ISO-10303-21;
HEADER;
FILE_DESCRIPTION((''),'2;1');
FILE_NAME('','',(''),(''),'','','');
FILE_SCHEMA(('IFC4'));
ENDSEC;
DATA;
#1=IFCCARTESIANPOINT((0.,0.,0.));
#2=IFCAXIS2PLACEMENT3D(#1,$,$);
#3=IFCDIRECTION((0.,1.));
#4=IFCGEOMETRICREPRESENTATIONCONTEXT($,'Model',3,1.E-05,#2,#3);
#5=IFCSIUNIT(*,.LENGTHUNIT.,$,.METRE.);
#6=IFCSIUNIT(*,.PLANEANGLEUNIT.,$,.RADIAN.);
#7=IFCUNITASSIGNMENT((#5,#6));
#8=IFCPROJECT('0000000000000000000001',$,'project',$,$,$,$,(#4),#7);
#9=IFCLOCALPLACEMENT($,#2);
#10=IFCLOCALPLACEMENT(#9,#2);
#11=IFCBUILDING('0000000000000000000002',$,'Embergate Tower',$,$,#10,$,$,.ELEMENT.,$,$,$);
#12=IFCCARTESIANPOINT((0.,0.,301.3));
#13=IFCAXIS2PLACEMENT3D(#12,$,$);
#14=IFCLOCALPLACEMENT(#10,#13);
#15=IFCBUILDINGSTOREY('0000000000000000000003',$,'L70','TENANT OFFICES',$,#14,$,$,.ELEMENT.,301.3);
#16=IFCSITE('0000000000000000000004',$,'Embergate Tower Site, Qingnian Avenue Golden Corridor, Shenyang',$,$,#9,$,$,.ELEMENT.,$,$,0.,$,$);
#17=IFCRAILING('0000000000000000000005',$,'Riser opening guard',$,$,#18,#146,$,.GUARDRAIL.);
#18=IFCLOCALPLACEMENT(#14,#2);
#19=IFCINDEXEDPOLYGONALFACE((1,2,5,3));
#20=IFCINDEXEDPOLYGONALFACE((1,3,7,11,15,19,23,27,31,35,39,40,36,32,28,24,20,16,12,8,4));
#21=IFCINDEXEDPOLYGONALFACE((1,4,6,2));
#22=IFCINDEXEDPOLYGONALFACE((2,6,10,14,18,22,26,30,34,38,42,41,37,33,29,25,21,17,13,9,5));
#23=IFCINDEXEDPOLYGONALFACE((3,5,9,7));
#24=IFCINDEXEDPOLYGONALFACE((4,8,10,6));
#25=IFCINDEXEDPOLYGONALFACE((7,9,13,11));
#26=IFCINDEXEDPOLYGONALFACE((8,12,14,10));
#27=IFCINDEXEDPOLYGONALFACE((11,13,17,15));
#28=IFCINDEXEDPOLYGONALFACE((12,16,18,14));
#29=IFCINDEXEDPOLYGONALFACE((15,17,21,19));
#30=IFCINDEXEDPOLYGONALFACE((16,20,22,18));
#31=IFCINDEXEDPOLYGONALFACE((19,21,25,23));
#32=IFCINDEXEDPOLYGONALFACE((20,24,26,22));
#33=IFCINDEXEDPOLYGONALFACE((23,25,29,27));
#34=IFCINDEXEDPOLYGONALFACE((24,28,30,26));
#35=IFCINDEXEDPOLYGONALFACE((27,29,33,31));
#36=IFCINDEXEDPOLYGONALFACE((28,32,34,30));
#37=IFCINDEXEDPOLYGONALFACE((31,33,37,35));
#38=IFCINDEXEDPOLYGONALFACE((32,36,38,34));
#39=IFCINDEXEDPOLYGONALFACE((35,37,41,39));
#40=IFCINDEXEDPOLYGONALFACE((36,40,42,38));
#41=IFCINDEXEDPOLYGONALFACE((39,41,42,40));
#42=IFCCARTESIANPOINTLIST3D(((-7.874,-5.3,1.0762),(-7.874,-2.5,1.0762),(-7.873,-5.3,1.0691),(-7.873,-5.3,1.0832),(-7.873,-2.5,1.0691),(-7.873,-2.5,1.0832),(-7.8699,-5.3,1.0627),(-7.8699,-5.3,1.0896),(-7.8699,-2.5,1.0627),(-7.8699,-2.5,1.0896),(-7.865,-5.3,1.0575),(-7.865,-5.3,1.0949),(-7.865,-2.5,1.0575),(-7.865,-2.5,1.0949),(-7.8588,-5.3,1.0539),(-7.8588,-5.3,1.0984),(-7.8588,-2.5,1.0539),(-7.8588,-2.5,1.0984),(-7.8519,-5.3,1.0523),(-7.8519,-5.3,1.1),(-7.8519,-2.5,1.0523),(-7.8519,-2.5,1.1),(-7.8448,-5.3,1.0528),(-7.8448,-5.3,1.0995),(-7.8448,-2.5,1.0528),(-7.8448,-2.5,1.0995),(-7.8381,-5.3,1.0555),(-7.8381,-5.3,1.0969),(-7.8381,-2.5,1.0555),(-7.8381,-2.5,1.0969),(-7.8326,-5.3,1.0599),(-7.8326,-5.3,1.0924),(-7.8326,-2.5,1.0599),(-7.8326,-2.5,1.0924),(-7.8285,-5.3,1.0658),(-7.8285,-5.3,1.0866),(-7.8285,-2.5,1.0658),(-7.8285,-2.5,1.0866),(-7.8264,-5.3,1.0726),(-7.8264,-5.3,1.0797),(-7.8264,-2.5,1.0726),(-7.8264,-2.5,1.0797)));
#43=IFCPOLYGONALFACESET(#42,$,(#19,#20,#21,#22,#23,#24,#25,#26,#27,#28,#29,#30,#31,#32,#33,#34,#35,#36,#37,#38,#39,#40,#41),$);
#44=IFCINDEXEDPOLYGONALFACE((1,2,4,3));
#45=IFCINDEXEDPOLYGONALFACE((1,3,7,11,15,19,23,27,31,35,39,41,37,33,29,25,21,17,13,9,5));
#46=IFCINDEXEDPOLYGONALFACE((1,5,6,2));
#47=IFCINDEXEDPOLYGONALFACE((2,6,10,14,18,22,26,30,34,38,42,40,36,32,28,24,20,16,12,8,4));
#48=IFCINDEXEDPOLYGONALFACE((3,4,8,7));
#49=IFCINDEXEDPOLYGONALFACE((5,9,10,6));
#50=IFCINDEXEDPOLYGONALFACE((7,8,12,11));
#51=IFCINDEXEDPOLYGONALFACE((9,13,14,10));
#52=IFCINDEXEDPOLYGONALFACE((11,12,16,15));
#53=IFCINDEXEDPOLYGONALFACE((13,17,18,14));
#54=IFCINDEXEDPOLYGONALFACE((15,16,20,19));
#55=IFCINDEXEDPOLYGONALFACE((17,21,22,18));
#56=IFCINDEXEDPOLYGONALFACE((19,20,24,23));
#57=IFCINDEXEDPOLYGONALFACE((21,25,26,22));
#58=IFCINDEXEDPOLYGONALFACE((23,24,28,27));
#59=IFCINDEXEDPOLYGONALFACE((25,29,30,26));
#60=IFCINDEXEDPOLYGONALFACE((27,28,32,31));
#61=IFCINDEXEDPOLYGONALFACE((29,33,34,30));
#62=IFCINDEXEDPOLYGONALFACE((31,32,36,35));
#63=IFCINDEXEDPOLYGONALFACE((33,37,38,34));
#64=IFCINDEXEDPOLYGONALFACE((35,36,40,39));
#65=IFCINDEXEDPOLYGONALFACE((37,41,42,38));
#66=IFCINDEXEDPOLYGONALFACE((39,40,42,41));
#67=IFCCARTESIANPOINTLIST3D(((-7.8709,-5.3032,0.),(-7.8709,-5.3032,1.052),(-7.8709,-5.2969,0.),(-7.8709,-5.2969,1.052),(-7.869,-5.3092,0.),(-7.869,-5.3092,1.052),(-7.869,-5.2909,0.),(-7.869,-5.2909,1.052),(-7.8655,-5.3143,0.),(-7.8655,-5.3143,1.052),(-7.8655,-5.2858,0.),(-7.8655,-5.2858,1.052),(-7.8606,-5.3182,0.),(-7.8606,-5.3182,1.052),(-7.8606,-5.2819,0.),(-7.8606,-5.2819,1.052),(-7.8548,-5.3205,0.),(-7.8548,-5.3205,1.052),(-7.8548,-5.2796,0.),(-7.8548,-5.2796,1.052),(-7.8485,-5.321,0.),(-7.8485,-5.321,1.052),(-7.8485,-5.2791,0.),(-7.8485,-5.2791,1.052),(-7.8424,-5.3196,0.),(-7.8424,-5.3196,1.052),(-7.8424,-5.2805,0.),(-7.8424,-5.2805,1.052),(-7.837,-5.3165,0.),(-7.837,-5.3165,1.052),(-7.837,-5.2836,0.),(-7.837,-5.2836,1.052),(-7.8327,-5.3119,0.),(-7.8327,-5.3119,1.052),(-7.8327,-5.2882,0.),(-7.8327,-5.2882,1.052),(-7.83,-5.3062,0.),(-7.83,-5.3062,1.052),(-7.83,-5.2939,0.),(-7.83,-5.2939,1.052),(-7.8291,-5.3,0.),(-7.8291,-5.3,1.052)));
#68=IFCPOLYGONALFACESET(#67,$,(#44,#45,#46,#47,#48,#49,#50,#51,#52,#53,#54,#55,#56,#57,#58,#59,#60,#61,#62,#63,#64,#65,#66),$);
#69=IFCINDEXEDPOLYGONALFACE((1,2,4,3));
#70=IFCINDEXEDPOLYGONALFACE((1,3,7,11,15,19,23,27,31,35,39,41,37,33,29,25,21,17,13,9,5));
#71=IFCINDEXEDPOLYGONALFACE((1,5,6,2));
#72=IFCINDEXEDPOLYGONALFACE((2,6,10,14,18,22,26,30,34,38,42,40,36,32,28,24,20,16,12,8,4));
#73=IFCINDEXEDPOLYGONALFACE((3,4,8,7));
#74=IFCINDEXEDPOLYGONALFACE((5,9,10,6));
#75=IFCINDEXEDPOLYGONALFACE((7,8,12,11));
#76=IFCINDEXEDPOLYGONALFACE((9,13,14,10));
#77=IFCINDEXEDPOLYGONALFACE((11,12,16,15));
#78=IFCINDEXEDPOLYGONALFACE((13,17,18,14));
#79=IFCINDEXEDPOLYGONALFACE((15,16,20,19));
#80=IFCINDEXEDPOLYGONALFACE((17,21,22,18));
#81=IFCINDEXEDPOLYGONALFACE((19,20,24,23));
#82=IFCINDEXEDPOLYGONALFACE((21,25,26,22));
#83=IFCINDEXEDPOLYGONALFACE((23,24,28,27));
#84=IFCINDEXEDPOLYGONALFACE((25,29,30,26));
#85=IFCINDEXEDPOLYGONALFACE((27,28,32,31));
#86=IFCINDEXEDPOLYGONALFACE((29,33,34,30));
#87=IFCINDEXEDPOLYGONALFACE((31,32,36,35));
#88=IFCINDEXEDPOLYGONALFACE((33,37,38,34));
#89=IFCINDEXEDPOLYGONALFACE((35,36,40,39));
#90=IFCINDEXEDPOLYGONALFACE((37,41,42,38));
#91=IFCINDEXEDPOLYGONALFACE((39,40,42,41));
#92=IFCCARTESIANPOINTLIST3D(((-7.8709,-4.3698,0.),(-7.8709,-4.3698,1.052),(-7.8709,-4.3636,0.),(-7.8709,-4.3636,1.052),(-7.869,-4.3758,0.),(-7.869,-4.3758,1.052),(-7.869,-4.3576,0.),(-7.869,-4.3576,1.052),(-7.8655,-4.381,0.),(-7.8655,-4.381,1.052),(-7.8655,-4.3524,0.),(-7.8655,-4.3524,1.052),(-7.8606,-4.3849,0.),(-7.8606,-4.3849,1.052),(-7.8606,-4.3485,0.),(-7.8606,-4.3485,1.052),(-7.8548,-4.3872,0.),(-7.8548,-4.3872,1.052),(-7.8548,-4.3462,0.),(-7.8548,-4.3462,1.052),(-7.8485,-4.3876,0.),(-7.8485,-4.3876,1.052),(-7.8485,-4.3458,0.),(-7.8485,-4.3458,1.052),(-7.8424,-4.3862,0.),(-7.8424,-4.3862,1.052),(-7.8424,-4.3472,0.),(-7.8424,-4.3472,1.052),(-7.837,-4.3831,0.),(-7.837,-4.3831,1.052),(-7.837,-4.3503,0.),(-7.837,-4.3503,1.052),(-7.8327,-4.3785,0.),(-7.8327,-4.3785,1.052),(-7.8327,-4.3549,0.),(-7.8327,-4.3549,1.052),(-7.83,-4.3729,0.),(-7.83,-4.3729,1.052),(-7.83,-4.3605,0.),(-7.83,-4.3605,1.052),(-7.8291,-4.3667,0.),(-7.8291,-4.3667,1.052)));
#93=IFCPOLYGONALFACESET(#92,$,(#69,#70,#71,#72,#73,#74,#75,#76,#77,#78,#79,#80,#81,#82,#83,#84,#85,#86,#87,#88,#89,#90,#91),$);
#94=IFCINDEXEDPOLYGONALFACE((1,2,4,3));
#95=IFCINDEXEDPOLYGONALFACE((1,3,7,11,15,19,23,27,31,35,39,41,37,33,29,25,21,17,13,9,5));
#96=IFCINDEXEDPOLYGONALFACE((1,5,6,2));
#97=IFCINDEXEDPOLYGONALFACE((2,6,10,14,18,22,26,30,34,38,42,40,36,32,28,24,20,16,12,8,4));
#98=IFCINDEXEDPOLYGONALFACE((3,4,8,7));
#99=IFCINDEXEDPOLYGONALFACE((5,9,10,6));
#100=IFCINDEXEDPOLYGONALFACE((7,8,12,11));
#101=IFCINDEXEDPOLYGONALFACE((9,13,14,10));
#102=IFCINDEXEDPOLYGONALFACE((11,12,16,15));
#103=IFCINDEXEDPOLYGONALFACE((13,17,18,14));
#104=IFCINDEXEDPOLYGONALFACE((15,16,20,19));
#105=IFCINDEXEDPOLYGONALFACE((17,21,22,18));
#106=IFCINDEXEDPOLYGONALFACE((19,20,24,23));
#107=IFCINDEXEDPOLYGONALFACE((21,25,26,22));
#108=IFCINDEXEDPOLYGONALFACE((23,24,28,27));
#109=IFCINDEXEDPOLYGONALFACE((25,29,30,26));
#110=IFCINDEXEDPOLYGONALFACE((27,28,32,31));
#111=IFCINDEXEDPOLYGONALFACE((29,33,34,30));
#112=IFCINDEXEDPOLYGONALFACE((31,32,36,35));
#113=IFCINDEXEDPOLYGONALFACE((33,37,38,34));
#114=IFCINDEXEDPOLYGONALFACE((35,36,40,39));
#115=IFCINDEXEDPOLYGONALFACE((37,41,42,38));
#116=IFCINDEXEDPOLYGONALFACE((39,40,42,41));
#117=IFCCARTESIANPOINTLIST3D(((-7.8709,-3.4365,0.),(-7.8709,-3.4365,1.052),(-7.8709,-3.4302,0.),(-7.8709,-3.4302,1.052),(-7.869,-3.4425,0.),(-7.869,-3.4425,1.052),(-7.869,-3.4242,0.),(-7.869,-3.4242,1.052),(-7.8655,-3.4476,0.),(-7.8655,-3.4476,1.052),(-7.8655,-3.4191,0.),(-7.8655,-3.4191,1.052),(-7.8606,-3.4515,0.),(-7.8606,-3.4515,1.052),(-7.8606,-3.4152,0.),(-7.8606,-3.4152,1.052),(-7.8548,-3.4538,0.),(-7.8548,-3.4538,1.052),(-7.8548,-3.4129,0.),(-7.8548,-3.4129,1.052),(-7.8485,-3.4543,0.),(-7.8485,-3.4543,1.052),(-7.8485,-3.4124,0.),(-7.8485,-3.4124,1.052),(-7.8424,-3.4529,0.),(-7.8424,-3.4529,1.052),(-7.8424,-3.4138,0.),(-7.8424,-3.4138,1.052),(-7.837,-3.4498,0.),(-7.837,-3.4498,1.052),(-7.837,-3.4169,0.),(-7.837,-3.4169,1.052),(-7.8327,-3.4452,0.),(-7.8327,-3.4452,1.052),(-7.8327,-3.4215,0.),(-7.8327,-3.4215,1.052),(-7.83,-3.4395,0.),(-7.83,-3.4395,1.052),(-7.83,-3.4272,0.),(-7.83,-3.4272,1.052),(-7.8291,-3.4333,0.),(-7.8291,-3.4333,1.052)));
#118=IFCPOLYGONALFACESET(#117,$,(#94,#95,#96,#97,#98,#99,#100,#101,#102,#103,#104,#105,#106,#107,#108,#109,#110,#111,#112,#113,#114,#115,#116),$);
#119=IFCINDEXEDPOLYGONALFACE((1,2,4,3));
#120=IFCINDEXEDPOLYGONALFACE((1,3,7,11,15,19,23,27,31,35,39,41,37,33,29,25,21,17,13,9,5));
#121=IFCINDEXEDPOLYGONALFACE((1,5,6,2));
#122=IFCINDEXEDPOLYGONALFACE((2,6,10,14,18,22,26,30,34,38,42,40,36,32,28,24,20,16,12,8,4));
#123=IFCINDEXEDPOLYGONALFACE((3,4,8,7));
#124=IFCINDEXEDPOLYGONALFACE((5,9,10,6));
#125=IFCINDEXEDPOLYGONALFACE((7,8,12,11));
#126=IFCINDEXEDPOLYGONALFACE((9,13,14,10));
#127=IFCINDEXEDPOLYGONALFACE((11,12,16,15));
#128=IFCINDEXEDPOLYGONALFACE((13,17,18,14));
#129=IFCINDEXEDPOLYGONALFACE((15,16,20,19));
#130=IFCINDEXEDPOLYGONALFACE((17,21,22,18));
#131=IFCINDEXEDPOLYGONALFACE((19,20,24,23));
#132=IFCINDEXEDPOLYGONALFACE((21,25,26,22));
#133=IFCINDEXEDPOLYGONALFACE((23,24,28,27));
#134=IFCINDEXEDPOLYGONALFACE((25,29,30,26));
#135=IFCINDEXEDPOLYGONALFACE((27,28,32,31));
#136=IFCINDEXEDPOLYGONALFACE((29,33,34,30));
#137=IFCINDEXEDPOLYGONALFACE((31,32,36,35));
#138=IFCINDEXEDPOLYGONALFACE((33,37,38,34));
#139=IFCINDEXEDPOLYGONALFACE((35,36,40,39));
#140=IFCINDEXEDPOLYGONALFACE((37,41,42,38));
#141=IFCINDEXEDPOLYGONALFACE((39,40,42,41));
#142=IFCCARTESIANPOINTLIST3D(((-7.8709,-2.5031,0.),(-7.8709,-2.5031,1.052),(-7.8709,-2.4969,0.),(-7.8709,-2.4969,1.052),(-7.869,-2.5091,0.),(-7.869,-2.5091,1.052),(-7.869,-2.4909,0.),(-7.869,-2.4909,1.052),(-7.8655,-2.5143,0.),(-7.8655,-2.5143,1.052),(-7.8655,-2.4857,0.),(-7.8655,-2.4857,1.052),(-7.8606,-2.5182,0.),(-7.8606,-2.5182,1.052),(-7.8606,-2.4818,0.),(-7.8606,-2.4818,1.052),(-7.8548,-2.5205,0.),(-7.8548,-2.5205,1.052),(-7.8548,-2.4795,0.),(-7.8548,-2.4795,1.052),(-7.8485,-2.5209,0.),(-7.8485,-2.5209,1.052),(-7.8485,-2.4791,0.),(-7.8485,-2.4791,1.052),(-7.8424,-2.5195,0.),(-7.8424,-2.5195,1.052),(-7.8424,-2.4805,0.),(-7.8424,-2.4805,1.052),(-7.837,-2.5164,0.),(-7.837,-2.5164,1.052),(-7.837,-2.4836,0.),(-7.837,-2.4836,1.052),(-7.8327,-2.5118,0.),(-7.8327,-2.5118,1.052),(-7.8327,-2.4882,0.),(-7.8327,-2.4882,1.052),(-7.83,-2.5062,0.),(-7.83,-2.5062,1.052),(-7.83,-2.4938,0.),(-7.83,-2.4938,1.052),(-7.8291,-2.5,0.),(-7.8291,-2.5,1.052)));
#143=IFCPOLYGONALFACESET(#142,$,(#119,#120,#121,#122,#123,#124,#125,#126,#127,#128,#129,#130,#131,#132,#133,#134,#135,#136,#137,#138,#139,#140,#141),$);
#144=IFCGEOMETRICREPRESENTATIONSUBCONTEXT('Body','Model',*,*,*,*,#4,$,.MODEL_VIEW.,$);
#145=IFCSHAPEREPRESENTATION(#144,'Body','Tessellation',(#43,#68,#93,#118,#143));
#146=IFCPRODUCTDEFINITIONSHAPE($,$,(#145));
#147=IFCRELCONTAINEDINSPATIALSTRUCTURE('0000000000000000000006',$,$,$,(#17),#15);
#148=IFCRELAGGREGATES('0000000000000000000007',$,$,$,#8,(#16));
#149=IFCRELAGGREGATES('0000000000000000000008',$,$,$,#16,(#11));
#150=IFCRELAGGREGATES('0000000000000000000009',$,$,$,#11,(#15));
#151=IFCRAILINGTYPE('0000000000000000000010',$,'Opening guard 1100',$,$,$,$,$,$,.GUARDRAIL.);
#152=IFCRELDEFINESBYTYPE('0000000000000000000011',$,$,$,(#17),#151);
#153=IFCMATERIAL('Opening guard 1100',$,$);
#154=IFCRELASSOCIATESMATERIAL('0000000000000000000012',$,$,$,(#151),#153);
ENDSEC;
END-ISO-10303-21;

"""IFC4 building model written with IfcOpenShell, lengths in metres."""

from ifc_helpers import new_model, si_unit, direction, frame, origin, origin_2d, place, context, subcontext, project, spatial, circle, extrude, source, transform, mapped, material, type_object, element, save


model = new_model("IFC4")

# Units and contexts
model_context = context("Model", 3, precision=1e-05, world=origin(), true_north=direction((0.0, 1.0)))
body_context = subcontext(model_context, "Body", "Model", "MODEL_VIEW")
ifc_project = project(units=[si_unit("LENGTHUNIT", "METRE"), si_unit("PLANEANGLEUNIT", "RADIAN")], contexts=[model_context])

# Site, building, storey
site_placement = place(None, origin())
site = spatial("IfcSite", under=ifc_project, at=site_placement, Name="Embergate Tower Site, Qingnian Avenue Golden Corridor, Shenyang", CompositionType="ELEMENT", RefElevation=0.0)
building_placement = place(site_placement, origin())
building = spatial("IfcBuilding", under=site, at=building_placement, Name="Embergate Tower", CompositionType="ELEMENT")
storey_placement = place(building_placement, frame((0.0, 0.0, 301.3)))
storey = spatial("IfcBuildingStorey", under=building, at=storey_placement, Name="L70", Description="TENANT OFFICES", CompositionType="ELEMENT", Elevation=301.3)

# Railing
ifc_material_1 = material(Name="Opening guard 1100")
railing_type_1 = type_object("IfcRailingType", Name="Opening guard 1100", PredefinedType="GUARDRAIL", material=ifc_material_1)
shared_shape_1 = source(origin(), body_context, "Body", "SweptSolid", [
    extrude(circle(Radius=0.0239, at=origin_2d()), frame((0.0, 0.0, 1.0762), z_axis=(0.0, 1.0, 0.0), x_axis=(-1.0, 0.0, 0.0)), (0.0, 0.0, 1.0), 2.8),
    extrude(circle(Radius=0.021, at=origin_2d()), origin(), (0.0, 0.0, 1.0), 1.052),
    extrude(circle(Radius=0.021, at=origin_2d()), frame((0.0, 0.9333, 0.0)), (0.0, 0.0, 1.0), 1.052),
    extrude(circle(Radius=0.021, at=origin_2d()), frame((0.0, 1.8667, 0.0)), (0.0, 0.0, 1.0), 1.052),
    extrude(circle(Radius=0.021, at=origin_2d()), frame((0.0, 2.8, 0.0)), (0.0, 0.0, 1.0), 1.052),
])
railing_1_placement = place(storey_placement, frame((-7.8501, -5.3, 0.0)))
element("IfcRailing", 1, at=railing_1_placement, inside=storey, type_object=railing_type_1, Name="Riser opening guard", PredefinedType="GUARDRAIL", context=body_context, shape_type="MappedRepresentation", body=[
    mapped(shared_shape_1, transform((0.0, 0.0, 0.0))),
])

save(model, "model.ifc")
